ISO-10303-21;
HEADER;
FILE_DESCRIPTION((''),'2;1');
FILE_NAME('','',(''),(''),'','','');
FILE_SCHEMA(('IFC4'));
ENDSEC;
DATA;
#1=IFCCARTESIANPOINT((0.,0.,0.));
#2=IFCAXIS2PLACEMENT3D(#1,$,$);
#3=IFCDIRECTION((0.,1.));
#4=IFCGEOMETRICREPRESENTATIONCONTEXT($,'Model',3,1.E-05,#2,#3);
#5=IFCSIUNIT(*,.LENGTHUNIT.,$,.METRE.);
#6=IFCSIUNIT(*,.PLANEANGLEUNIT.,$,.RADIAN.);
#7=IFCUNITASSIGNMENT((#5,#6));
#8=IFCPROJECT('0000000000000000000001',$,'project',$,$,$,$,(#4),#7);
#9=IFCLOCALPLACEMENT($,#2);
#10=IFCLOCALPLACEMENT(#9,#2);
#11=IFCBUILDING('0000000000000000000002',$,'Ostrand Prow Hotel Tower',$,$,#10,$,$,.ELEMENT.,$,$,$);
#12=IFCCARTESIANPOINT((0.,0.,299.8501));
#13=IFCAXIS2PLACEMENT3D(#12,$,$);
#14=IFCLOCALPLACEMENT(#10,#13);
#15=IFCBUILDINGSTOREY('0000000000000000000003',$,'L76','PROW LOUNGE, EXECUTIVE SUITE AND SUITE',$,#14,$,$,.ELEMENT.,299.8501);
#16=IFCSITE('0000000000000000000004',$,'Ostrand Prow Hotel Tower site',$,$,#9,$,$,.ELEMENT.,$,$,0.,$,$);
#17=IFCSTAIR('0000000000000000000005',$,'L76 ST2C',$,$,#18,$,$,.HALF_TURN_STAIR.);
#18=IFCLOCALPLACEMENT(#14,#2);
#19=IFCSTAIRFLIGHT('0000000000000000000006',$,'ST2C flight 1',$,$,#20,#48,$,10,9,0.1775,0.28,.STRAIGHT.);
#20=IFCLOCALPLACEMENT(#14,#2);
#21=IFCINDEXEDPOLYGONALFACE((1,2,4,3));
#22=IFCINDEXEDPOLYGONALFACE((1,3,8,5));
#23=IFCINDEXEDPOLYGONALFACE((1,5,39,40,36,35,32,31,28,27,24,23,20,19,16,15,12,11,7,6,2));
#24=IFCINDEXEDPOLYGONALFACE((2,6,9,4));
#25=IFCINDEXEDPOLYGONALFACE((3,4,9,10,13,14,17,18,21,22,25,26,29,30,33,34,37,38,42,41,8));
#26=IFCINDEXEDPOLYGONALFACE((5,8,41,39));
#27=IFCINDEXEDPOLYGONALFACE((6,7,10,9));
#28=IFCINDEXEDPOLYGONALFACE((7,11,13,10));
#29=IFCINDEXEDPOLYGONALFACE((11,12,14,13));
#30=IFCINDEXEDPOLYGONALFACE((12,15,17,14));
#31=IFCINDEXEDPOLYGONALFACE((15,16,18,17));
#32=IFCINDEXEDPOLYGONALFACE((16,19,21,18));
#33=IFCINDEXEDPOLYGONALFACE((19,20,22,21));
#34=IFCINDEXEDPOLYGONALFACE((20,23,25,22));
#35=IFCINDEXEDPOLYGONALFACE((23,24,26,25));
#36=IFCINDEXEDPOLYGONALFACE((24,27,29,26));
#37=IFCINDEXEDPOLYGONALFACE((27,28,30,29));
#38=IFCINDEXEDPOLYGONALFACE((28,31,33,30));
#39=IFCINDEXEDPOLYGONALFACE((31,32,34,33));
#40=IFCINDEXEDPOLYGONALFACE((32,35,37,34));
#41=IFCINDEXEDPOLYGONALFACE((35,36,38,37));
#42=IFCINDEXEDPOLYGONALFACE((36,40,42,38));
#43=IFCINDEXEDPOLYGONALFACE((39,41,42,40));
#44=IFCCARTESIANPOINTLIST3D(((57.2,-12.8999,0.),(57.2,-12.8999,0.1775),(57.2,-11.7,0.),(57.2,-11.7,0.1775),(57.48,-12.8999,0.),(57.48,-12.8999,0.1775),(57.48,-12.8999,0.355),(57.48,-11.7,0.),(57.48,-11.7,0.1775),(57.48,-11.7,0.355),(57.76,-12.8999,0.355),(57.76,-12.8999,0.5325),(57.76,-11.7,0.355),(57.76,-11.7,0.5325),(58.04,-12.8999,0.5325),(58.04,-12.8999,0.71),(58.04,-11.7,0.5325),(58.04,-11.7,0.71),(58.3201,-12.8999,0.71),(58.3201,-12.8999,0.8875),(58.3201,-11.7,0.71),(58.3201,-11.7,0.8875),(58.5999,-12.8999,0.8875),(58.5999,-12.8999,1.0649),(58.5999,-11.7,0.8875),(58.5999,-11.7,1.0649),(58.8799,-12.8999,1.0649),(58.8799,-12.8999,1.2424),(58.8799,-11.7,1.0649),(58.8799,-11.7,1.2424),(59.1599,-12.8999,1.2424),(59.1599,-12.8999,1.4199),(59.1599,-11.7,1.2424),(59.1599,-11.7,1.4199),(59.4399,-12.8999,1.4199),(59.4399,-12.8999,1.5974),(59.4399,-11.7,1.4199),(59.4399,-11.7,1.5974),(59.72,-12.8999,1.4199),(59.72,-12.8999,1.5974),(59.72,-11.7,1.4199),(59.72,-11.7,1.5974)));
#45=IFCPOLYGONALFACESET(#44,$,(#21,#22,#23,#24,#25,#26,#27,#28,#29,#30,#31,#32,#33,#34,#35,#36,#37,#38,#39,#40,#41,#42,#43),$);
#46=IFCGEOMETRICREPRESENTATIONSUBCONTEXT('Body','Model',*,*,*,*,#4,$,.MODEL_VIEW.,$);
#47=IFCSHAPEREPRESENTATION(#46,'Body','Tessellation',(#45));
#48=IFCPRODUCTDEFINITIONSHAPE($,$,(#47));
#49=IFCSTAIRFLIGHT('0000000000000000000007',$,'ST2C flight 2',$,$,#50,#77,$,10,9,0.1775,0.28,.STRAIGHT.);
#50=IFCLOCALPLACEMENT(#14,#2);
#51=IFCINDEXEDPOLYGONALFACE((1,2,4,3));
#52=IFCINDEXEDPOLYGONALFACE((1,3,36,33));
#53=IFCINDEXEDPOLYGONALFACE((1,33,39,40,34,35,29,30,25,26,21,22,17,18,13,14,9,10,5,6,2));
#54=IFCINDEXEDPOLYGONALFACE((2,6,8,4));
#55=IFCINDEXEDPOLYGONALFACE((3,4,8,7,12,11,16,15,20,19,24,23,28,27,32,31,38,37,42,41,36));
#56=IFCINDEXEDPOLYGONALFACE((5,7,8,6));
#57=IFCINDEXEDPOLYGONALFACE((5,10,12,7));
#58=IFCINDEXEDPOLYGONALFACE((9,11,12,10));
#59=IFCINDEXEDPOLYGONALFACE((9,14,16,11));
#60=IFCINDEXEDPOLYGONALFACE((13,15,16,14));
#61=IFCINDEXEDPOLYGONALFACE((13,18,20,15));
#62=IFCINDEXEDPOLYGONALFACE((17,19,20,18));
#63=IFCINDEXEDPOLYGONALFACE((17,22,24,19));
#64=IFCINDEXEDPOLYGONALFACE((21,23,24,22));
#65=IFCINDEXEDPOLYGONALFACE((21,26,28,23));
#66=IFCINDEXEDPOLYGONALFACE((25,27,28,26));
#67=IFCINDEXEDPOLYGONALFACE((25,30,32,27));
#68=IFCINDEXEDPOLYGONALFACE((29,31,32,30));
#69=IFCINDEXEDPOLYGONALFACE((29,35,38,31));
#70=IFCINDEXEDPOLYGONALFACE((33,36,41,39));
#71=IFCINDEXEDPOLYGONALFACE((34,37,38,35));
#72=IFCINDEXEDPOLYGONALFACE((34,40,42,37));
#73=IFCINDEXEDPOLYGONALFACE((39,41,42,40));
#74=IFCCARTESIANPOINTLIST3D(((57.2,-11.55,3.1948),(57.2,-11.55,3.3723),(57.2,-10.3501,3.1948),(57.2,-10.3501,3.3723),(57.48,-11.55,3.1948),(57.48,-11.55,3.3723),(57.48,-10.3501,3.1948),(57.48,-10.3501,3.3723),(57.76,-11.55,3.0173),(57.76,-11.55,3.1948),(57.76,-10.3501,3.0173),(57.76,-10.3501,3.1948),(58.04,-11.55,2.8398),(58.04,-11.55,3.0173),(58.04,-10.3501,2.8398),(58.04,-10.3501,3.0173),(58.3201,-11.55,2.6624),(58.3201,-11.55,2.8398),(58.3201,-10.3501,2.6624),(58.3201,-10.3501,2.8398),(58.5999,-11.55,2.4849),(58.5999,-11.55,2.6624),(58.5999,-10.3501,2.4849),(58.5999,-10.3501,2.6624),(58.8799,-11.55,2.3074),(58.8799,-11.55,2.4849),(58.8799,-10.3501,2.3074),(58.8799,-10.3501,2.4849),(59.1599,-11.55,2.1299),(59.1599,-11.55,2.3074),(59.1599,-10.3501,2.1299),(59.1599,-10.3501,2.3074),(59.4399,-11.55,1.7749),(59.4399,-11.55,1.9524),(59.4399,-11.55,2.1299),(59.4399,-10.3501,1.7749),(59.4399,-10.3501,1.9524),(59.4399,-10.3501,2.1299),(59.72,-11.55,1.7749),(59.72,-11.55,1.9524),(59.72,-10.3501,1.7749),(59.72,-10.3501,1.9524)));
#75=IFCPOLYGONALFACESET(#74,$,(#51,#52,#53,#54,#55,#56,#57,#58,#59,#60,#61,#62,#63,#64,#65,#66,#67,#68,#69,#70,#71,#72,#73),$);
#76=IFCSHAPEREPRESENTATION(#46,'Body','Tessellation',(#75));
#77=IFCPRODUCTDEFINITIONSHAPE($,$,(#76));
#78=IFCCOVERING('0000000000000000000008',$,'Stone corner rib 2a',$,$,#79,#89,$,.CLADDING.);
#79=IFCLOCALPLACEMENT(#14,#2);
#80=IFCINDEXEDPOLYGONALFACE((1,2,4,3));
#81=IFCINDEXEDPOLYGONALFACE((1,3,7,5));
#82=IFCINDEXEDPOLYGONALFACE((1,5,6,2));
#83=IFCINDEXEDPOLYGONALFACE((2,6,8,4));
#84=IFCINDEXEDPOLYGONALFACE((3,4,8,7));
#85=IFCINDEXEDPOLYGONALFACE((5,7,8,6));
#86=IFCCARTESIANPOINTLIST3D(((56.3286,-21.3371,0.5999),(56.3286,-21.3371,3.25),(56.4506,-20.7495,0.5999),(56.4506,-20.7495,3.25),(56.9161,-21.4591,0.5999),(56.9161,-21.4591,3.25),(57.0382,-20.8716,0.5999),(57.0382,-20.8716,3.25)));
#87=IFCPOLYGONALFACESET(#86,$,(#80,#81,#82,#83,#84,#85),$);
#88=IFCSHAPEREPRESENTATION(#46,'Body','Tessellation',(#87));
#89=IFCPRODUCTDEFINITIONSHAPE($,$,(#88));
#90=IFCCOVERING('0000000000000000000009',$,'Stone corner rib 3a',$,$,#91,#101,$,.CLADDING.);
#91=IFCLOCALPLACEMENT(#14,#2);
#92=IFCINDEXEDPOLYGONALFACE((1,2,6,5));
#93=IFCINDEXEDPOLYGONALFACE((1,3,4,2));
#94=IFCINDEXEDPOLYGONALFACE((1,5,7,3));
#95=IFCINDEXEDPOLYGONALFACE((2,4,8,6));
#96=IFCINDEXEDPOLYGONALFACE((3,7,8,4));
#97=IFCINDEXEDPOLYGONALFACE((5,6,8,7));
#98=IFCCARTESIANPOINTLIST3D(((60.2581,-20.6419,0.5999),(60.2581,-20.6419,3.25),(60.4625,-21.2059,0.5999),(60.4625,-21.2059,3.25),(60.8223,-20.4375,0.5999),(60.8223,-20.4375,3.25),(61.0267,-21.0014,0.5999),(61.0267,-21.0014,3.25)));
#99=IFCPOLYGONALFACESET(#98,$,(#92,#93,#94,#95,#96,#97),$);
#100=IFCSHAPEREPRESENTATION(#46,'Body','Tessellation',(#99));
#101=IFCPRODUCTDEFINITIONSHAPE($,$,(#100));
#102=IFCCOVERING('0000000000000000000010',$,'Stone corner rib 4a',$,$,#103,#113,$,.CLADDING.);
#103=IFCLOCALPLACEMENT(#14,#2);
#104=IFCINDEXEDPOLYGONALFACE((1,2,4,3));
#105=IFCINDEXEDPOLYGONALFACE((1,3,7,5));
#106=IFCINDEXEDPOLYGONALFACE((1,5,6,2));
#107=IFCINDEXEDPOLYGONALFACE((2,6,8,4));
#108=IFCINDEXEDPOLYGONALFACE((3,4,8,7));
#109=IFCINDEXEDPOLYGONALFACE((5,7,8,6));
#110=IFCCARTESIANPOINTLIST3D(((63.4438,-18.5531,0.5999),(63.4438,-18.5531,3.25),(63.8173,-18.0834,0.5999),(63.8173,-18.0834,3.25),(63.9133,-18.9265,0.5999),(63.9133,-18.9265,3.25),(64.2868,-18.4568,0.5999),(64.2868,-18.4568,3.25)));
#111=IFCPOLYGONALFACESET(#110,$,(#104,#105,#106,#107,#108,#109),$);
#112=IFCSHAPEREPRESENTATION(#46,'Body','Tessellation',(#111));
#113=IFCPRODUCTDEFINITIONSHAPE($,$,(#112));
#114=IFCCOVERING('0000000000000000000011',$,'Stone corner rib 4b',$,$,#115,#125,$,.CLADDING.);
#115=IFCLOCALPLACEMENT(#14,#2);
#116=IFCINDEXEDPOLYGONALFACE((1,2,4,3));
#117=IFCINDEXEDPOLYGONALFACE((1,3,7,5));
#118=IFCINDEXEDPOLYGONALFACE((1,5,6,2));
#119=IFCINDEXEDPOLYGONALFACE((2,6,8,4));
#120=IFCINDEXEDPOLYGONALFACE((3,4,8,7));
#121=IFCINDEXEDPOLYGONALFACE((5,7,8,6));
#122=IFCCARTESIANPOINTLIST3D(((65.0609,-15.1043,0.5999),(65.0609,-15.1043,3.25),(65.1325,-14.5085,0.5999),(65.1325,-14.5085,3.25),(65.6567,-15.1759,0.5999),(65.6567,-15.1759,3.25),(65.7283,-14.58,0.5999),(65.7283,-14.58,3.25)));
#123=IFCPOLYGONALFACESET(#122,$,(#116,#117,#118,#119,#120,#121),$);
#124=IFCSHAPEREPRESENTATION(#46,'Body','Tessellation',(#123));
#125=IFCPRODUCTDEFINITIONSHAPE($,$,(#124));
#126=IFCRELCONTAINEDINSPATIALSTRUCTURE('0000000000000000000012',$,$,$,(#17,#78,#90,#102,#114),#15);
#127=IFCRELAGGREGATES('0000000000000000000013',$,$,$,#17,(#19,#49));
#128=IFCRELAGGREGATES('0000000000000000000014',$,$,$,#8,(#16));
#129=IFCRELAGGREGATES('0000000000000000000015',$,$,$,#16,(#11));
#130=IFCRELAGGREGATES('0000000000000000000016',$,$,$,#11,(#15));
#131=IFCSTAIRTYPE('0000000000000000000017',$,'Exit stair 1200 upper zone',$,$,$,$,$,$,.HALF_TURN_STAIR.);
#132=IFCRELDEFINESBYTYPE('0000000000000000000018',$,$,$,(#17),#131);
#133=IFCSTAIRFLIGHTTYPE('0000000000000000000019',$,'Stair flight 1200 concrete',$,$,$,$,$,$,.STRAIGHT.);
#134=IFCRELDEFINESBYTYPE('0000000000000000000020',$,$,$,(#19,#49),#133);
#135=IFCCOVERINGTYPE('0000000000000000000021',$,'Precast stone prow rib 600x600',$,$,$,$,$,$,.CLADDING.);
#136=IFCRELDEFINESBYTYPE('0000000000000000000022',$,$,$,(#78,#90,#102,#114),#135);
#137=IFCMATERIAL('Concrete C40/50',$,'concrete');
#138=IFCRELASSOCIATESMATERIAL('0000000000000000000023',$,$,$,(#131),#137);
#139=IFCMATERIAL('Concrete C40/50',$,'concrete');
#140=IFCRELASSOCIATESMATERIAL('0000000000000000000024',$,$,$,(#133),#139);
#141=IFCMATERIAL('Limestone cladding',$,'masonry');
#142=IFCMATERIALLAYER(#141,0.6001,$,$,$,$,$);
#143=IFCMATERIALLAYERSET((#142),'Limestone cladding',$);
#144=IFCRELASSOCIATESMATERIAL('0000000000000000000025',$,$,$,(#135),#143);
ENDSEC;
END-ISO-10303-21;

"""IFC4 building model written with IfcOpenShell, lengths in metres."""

from ifc_helpers import new_model, si_unit, direction, frame, frame_2d, origin, place, context, subcontext, project, spatial, polyline, rectangle, outline, extrude, material, layer, layer_set, type_object, element, aggregate, save


model = new_model("IFC4")

# Units and contexts
model_context = context("Model", 3, precision=1e-05, world=origin(), true_north=direction((0.0, 1.0)))
body_context = subcontext(model_context, "Body", "Model", "MODEL_VIEW")
ifc_project = project(units=[si_unit("LENGTHUNIT", "METRE"), si_unit("PLANEANGLEUNIT", "RADIAN")], contexts=[model_context])

# Site, building, storey
site_placement = place(None, origin())
site = spatial("IfcSite", under=ifc_project, at=site_placement, Name="Ostrand Prow Hotel Tower site", CompositionType="ELEMENT", RefElevation=0.0)
building_placement = place(site_placement, origin())
building = spatial("IfcBuilding", under=site, at=building_placement, Name="Ostrand Prow Hotel Tower", CompositionType="ELEMENT")
storey_placement = place(building_placement, frame((0.0, 0.0, 299.8501)))
storey = spatial("IfcBuildingStorey", under=building, at=storey_placement, Name="L76", Description="PROW LOUNGE, EXECUTIVE SUITE AND SUITE", CompositionType="ELEMENT", Elevation=299.8501)

# Stair, stair flights
ifc_material_1 = material(Name="Concrete C40/50", Category="concrete")
stair_type = type_object("IfcStairType", Name="Exit stair 1200 upper zone", PredefinedType="HALF_TURN_STAIR", material=ifc_material_1)
stair_placement = place(storey_placement, origin())
stair = element("IfcStair", 1, at=stair_placement, inside=storey, type_object=stair_type, Name="L76 ST2C", PredefinedType="HALF_TURN_STAIR")
ifc_material_2 = material(Name="Concrete C40/50", Category="concrete")
stair_flight_type = type_object("IfcStairFlightType", Name="Stair flight 1200 concrete", PredefinedType="STRAIGHT", material=ifc_material_2)
stair_flight_1_placement = place(storey_placement, frame((57.2, -12.3, 0.0), z_axis=(0.0, 0.0, 1.0), x_axis=(1.0, 0.0, 0.0)))
stair_flight_1 = element("IfcStairFlight", 2, at=stair_flight_1_placement, type_object=stair_flight_type, Name="ST2C flight 1", NumberOfRisers=10, NumberOfTreads=9, PredefinedType="STRAIGHT", RiserHeight=0.1775, TreadLength=0.28, context=body_context, shape_type="SweptSolid", body=[
    extrude(outline(polyline([(0.0, 0.0), (0.0, 0.1775), (0.28, 0.1775), (0.28, 0.355), (0.5601, 0.355), (0.5601, 0.5325), (0.8401, 0.5325), (0.8401, 0.71), (1.1201, 0.71), (1.1201, 0.8875), (1.3999, 0.8875), (1.3999, 1.0649), (1.6799, 1.0649), (1.6799, 1.2424), (1.96, 1.2424), (1.96, 1.4199), (2.24, 1.4199), (2.24, 1.5974), (2.52, 1.5974), (2.52, 1.7749), (2.52, 1.4199), (0.28, 0.0), (0.0, 0.0)])), frame((0.0, 0.6001, 0.0), z_axis=(0.0, -1.0, 0.0), x_axis=(1.0, 0.0, 0.0)), (0.0, 0.0, 1.0), 1.2),
])
stair_flight_2_placement = place(storey_placement, frame((59.72, -10.95, 1.7749), z_axis=(0.0, 0.0, 1.0), x_axis=(-1.0, 0.0, 0.0)))
stair_flight_2 = element("IfcStairFlight", 3, at=stair_flight_2_placement, type_object=stair_flight_type, Name="ST2C flight 2", NumberOfRisers=10, NumberOfTreads=9, PredefinedType="STRAIGHT", RiserHeight=0.1775, TreadLength=0.28, context=body_context, shape_type="SweptSolid", body=[
    extrude(outline(polyline([(0.0, 0.0), (0.0, 0.1775), (0.28, 0.1775), (0.28, 0.355), (0.5601, 0.355), (0.5601, 0.5325), (0.8401, 0.5325), (0.8401, 0.71), (1.1201, 0.71), (1.1201, 0.8875), (1.3999, 0.8875), (1.3999, 1.0649), (1.6799, 1.0649), (1.6799, 1.2424), (1.96, 1.2424), (1.96, 1.4199), (2.24, 1.4199), (2.24, 1.5974), (2.52, 1.5974), (2.52, 1.7749), (2.52, 1.4199), (0.28, 0.0), (0.0, 0.0)])), frame((0.0, 0.6001, 0.0), z_axis=(0.0, -1.0, 0.0), x_axis=(1.0, 0.0, 0.0)), (0.0, 0.0, 1.0), 1.2),
])
aggregate(stair, [stair_flight_1, stair_flight_2])

# Coverings
ifc_material_3 = material(Name="Limestone cladding", Category="masonry")
ifc_layer_1 = layer(ifc_material_3, 0.6001)
ifc_layer_set_1 = layer_set([ifc_layer_1], Name="Limestone cladding")
covering_type = type_object("IfcCoveringType", Name="Precast stone prow rib 600x600", PredefinedType="CLADDING", material=ifc_layer_set_1)
covering_1_placement = place(storey_placement, frame((56.7444, -20.8105, 0.5999), z_axis=(0.0, 0.0, 1.0), x_axis=(-0.203386, -0.979099, 0.0)))
element("IfcCovering", 4, at=covering_1_placement, inside=storey, type_object=covering_type, Name="Stone corner rib 2a", PredefinedType="CLADDING", context=body_context, shape_type="SweptSolid", body=[
    extrude(rectangle(XDim=0.6001, YDim=0.6001, at=frame_2d((0.3, 0.0))), origin(), (0.0, 0.0, 1.0), 2.6501),
])
for number, where, z_axis, x_axis, name in (
    (5, (60.5403, -20.5398, 0.5999), (0.0, 0.0, 1.0), (0.340664, -0.940185, 0.0), "Stone corner rib 3a"),
    (6, (63.6306, -18.3184, 0.5999), (0.0, 0.0, 1.0), (0.782732, -0.622359, 0.0), "Stone corner rib 4a"),
):
    element("IfcCovering", number, at=place(storey_placement, frame(where, z_axis=z_axis, x_axis=x_axis)), inside=storey, type_object=covering_type, Name=name, PredefinedType="CLADDING", context=body_context, shape_type="SweptSolid", body=[
        extrude(rectangle(XDim=0.5999, YDim=0.6001, at=frame_2d((0.2998, 0.0))), origin(), (0.0, 0.0, 1.0), 2.6501),
    ])
covering_2_placement = place(storey_placement, frame((65.0967, -14.8064, 0.5999), z_axis=(0.0, 0.0, 1.0), x_axis=(0.992867, -0.119225, 0.0)))
element("IfcCovering", 7, at=covering_2_placement, inside=storey, type_object=covering_type, Name="Stone corner rib 4b", PredefinedType="CLADDING", context=body_context, shape_type="SweptSolid", body=[
    extrude(rectangle(XDim=0.6001, YDim=0.6001, at=frame_2d((0.3, 0.0))), origin(), (0.0, 0.0, 1.0), 2.6501),
])

save(model, "model.ifc")
